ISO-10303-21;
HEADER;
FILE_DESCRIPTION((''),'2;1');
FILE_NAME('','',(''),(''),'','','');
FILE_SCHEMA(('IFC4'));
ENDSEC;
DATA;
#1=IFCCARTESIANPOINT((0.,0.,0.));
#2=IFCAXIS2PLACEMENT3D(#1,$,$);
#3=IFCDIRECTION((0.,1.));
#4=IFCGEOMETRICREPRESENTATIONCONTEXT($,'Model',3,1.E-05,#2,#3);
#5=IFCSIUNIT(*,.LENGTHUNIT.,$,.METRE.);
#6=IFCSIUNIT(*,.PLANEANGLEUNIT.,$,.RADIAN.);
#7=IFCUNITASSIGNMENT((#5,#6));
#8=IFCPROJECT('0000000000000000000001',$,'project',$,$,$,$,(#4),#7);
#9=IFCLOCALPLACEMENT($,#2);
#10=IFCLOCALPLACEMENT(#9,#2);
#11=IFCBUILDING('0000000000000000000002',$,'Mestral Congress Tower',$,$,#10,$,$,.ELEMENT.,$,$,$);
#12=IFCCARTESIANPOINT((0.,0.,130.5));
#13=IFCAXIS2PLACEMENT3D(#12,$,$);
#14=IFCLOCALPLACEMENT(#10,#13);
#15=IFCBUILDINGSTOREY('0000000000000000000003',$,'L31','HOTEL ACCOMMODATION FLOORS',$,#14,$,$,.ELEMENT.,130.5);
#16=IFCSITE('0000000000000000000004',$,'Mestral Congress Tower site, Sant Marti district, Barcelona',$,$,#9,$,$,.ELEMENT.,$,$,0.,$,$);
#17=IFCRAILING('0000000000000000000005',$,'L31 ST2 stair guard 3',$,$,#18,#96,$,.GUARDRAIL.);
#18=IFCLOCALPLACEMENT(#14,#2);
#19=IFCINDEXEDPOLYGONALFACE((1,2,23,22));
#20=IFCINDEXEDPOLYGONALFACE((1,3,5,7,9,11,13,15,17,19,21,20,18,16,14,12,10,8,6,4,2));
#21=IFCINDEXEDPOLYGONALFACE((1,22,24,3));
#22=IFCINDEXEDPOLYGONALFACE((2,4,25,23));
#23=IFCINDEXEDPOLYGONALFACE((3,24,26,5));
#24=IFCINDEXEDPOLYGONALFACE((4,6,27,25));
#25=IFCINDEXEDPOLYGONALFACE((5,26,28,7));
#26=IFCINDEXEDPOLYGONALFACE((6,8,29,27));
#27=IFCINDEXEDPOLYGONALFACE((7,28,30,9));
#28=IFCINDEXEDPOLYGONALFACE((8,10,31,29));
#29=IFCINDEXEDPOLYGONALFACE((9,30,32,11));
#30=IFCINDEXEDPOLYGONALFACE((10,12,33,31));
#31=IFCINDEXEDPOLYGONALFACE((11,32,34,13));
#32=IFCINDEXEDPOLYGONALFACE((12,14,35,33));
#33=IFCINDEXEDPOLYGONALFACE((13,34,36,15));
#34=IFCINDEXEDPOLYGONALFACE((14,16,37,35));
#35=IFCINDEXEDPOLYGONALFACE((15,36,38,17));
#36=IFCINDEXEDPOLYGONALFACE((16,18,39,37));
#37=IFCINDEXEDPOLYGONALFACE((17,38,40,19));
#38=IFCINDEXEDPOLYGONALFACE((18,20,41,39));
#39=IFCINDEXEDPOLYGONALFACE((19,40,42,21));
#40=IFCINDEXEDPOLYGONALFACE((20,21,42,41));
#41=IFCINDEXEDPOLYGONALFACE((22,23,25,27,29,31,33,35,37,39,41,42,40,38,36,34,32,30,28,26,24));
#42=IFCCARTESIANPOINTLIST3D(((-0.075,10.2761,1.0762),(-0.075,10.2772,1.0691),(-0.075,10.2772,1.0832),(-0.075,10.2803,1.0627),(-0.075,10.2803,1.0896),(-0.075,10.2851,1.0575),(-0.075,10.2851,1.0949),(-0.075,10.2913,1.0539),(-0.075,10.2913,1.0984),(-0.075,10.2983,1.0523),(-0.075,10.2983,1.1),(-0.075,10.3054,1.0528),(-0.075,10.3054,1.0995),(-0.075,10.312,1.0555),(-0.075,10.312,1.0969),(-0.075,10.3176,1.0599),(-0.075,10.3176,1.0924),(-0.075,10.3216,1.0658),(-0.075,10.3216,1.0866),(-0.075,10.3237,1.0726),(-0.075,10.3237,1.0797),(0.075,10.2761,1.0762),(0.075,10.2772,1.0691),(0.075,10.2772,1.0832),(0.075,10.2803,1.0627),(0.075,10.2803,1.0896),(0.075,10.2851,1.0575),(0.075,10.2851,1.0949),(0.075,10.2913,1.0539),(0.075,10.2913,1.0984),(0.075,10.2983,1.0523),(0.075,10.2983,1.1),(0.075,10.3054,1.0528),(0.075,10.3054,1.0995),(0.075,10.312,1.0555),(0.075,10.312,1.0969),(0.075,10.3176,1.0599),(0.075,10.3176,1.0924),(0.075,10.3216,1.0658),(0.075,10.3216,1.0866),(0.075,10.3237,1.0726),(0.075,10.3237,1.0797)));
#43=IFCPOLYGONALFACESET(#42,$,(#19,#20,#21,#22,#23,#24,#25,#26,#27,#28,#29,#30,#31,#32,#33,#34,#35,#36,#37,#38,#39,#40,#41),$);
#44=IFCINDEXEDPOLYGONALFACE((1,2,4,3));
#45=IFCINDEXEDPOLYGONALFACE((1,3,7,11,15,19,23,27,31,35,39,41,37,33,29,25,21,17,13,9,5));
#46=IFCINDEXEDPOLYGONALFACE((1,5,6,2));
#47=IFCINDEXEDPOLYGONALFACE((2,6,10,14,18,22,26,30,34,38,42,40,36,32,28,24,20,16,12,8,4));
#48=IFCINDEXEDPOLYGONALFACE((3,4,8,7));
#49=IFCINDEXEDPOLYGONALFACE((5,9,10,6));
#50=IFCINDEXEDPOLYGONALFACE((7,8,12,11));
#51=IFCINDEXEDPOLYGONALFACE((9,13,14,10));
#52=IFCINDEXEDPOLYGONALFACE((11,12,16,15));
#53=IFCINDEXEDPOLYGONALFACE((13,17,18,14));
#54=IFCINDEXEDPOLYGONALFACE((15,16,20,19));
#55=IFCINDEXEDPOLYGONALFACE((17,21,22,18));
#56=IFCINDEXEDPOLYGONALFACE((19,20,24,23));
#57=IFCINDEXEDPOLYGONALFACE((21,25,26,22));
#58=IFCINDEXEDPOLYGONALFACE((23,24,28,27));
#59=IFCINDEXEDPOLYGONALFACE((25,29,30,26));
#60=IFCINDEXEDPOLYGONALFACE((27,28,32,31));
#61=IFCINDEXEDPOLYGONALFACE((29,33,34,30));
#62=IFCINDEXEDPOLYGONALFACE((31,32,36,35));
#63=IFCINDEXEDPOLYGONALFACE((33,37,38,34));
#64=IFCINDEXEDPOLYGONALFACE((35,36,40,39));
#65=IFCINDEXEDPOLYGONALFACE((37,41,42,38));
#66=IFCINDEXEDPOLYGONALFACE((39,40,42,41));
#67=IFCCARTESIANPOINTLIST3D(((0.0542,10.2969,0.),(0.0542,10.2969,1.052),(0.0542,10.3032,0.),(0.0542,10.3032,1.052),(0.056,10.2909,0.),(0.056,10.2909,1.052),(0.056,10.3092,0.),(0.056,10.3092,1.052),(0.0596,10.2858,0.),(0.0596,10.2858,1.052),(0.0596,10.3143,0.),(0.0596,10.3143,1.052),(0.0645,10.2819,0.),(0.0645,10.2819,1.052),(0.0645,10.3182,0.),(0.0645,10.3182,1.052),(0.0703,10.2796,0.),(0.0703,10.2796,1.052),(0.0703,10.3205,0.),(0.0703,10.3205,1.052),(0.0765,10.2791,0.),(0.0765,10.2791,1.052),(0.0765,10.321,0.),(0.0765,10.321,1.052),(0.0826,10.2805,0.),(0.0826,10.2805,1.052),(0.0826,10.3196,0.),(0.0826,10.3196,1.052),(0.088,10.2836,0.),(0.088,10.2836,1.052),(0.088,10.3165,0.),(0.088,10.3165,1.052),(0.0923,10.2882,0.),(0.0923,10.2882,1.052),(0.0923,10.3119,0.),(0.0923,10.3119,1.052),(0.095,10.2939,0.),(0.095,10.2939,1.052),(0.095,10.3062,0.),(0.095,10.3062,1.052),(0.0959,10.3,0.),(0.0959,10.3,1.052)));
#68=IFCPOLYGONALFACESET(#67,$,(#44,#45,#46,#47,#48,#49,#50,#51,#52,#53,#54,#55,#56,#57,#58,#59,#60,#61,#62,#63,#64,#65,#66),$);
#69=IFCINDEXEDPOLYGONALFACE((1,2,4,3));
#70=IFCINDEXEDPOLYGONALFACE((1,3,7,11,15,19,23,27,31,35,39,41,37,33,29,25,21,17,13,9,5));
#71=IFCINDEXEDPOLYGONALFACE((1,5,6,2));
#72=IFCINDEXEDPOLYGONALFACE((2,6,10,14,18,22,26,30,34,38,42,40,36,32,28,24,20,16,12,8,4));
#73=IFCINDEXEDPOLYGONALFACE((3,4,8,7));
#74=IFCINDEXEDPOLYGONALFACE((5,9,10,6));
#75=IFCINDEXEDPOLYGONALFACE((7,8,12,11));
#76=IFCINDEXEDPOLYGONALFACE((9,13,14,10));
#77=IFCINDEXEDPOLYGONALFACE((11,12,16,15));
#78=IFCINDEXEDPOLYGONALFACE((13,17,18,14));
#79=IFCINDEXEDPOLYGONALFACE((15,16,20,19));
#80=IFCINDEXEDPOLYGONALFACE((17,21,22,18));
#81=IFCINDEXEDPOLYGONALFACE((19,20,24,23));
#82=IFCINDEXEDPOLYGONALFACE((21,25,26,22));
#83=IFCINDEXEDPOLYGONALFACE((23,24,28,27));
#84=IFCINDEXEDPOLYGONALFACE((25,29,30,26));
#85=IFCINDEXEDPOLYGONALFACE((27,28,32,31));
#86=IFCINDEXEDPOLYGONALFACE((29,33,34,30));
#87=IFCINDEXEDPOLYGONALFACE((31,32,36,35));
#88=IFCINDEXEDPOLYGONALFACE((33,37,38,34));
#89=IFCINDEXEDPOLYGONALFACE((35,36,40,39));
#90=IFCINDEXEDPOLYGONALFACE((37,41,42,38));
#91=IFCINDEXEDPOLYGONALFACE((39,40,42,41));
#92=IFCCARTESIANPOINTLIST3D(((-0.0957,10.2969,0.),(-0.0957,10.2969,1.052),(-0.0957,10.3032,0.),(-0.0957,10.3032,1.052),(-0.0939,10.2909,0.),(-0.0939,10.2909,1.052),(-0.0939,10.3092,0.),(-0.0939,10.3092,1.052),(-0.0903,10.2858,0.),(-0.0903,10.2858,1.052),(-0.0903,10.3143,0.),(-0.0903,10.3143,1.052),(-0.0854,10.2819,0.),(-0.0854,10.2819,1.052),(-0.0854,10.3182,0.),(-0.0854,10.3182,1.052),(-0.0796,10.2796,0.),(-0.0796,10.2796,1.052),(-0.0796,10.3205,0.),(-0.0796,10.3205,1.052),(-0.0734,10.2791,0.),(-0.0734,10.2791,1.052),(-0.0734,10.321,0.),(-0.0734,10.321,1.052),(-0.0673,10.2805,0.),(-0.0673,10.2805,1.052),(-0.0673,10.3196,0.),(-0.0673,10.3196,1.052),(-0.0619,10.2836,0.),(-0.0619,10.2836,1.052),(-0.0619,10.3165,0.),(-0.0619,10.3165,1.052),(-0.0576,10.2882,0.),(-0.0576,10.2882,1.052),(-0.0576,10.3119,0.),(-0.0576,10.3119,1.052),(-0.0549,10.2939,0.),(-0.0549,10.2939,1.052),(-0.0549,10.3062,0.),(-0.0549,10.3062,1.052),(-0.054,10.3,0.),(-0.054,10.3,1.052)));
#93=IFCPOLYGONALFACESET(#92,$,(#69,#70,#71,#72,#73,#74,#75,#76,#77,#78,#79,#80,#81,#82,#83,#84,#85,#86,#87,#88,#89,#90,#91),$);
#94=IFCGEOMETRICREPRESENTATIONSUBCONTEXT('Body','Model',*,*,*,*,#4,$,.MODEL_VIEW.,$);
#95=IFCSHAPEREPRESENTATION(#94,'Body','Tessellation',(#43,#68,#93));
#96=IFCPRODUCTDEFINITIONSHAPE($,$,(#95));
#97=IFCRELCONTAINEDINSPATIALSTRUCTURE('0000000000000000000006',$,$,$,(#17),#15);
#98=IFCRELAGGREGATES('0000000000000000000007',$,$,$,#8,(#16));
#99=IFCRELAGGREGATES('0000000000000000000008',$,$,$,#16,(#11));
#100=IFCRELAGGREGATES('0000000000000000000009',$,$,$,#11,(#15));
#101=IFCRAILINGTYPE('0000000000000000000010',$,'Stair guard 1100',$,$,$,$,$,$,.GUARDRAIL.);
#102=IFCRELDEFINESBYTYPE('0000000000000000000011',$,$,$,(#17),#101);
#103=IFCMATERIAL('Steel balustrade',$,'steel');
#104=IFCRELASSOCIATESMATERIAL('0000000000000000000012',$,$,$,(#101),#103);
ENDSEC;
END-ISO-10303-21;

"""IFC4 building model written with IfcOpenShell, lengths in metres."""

from ifc_helpers import new_model, si_unit, direction, frame, origin, origin_2d, place, context, subcontext, project, spatial, circle, extrude, material, type_object, element, save


model = new_model("IFC4")

# Units and contexts
model_context = context("Model", 3, precision=1e-05, world=origin(), true_north=direction((0.0, 1.0)))
body_context = subcontext(model_context, "Body", "Model", "MODEL_VIEW")
ifc_project = project(units=[si_unit("LENGTHUNIT", "METRE"), si_unit("PLANEANGLEUNIT", "RADIAN")], contexts=[model_context])

# Site, building, storey
site_placement = place(None, origin())
site = spatial("IfcSite", under=ifc_project, at=site_placement, Name="Mestral Congress Tower site, Sant Marti district, Barcelona", CompositionType="ELEMENT", RefElevation=0.0)
building_placement = place(site_placement, origin())
building = spatial("IfcBuilding", under=site, at=building_placement, Name="Mestral Congress Tower", CompositionType="ELEMENT")
storey_placement = place(building_placement, frame((0.0, 0.0, 130.5)))
storey = spatial("IfcBuildingStorey", under=building, at=storey_placement, Name="L31", Description="HOTEL ACCOMMODATION FLOORS", CompositionType="ELEMENT", Elevation=130.5)

# Railing
ifc_material_1 = material(Name="Steel balustrade", Category="steel")
railing_type = type_object("IfcRailingType", Name="Stair guard 1100", PredefinedType="GUARDRAIL", material=ifc_material_1)
railing_placement = place(storey_placement, frame((0.075, 10.3, 0.0)))
element("IfcRailing", 1, at=railing_placement, inside=storey, type_object=railing_type, Name="L31 ST2 stair guard 3", PredefinedType="GUARDRAIL", context=body_context, shape_type="SweptSolid", body=[
    extrude(circle(Radius=0.0239, at=origin_2d()), frame((0.0, 0.0, 1.0762), z_axis=(-1.0, 0.0, 0.0), x_axis=(0.0, -1.0, 0.0)), (0.0, 0.0, 1.0), 0.1499),
    extrude(circle(Radius=0.021, at=origin_2d()), origin(), (0.0, 0.0, 1.0), 1.052),
    extrude(circle(Radius=0.021, at=origin_2d()), frame((-0.1499, 0.0, 0.0)), (0.0, 0.0, 1.0), 1.052),
])

save(model, "model.ifc")
